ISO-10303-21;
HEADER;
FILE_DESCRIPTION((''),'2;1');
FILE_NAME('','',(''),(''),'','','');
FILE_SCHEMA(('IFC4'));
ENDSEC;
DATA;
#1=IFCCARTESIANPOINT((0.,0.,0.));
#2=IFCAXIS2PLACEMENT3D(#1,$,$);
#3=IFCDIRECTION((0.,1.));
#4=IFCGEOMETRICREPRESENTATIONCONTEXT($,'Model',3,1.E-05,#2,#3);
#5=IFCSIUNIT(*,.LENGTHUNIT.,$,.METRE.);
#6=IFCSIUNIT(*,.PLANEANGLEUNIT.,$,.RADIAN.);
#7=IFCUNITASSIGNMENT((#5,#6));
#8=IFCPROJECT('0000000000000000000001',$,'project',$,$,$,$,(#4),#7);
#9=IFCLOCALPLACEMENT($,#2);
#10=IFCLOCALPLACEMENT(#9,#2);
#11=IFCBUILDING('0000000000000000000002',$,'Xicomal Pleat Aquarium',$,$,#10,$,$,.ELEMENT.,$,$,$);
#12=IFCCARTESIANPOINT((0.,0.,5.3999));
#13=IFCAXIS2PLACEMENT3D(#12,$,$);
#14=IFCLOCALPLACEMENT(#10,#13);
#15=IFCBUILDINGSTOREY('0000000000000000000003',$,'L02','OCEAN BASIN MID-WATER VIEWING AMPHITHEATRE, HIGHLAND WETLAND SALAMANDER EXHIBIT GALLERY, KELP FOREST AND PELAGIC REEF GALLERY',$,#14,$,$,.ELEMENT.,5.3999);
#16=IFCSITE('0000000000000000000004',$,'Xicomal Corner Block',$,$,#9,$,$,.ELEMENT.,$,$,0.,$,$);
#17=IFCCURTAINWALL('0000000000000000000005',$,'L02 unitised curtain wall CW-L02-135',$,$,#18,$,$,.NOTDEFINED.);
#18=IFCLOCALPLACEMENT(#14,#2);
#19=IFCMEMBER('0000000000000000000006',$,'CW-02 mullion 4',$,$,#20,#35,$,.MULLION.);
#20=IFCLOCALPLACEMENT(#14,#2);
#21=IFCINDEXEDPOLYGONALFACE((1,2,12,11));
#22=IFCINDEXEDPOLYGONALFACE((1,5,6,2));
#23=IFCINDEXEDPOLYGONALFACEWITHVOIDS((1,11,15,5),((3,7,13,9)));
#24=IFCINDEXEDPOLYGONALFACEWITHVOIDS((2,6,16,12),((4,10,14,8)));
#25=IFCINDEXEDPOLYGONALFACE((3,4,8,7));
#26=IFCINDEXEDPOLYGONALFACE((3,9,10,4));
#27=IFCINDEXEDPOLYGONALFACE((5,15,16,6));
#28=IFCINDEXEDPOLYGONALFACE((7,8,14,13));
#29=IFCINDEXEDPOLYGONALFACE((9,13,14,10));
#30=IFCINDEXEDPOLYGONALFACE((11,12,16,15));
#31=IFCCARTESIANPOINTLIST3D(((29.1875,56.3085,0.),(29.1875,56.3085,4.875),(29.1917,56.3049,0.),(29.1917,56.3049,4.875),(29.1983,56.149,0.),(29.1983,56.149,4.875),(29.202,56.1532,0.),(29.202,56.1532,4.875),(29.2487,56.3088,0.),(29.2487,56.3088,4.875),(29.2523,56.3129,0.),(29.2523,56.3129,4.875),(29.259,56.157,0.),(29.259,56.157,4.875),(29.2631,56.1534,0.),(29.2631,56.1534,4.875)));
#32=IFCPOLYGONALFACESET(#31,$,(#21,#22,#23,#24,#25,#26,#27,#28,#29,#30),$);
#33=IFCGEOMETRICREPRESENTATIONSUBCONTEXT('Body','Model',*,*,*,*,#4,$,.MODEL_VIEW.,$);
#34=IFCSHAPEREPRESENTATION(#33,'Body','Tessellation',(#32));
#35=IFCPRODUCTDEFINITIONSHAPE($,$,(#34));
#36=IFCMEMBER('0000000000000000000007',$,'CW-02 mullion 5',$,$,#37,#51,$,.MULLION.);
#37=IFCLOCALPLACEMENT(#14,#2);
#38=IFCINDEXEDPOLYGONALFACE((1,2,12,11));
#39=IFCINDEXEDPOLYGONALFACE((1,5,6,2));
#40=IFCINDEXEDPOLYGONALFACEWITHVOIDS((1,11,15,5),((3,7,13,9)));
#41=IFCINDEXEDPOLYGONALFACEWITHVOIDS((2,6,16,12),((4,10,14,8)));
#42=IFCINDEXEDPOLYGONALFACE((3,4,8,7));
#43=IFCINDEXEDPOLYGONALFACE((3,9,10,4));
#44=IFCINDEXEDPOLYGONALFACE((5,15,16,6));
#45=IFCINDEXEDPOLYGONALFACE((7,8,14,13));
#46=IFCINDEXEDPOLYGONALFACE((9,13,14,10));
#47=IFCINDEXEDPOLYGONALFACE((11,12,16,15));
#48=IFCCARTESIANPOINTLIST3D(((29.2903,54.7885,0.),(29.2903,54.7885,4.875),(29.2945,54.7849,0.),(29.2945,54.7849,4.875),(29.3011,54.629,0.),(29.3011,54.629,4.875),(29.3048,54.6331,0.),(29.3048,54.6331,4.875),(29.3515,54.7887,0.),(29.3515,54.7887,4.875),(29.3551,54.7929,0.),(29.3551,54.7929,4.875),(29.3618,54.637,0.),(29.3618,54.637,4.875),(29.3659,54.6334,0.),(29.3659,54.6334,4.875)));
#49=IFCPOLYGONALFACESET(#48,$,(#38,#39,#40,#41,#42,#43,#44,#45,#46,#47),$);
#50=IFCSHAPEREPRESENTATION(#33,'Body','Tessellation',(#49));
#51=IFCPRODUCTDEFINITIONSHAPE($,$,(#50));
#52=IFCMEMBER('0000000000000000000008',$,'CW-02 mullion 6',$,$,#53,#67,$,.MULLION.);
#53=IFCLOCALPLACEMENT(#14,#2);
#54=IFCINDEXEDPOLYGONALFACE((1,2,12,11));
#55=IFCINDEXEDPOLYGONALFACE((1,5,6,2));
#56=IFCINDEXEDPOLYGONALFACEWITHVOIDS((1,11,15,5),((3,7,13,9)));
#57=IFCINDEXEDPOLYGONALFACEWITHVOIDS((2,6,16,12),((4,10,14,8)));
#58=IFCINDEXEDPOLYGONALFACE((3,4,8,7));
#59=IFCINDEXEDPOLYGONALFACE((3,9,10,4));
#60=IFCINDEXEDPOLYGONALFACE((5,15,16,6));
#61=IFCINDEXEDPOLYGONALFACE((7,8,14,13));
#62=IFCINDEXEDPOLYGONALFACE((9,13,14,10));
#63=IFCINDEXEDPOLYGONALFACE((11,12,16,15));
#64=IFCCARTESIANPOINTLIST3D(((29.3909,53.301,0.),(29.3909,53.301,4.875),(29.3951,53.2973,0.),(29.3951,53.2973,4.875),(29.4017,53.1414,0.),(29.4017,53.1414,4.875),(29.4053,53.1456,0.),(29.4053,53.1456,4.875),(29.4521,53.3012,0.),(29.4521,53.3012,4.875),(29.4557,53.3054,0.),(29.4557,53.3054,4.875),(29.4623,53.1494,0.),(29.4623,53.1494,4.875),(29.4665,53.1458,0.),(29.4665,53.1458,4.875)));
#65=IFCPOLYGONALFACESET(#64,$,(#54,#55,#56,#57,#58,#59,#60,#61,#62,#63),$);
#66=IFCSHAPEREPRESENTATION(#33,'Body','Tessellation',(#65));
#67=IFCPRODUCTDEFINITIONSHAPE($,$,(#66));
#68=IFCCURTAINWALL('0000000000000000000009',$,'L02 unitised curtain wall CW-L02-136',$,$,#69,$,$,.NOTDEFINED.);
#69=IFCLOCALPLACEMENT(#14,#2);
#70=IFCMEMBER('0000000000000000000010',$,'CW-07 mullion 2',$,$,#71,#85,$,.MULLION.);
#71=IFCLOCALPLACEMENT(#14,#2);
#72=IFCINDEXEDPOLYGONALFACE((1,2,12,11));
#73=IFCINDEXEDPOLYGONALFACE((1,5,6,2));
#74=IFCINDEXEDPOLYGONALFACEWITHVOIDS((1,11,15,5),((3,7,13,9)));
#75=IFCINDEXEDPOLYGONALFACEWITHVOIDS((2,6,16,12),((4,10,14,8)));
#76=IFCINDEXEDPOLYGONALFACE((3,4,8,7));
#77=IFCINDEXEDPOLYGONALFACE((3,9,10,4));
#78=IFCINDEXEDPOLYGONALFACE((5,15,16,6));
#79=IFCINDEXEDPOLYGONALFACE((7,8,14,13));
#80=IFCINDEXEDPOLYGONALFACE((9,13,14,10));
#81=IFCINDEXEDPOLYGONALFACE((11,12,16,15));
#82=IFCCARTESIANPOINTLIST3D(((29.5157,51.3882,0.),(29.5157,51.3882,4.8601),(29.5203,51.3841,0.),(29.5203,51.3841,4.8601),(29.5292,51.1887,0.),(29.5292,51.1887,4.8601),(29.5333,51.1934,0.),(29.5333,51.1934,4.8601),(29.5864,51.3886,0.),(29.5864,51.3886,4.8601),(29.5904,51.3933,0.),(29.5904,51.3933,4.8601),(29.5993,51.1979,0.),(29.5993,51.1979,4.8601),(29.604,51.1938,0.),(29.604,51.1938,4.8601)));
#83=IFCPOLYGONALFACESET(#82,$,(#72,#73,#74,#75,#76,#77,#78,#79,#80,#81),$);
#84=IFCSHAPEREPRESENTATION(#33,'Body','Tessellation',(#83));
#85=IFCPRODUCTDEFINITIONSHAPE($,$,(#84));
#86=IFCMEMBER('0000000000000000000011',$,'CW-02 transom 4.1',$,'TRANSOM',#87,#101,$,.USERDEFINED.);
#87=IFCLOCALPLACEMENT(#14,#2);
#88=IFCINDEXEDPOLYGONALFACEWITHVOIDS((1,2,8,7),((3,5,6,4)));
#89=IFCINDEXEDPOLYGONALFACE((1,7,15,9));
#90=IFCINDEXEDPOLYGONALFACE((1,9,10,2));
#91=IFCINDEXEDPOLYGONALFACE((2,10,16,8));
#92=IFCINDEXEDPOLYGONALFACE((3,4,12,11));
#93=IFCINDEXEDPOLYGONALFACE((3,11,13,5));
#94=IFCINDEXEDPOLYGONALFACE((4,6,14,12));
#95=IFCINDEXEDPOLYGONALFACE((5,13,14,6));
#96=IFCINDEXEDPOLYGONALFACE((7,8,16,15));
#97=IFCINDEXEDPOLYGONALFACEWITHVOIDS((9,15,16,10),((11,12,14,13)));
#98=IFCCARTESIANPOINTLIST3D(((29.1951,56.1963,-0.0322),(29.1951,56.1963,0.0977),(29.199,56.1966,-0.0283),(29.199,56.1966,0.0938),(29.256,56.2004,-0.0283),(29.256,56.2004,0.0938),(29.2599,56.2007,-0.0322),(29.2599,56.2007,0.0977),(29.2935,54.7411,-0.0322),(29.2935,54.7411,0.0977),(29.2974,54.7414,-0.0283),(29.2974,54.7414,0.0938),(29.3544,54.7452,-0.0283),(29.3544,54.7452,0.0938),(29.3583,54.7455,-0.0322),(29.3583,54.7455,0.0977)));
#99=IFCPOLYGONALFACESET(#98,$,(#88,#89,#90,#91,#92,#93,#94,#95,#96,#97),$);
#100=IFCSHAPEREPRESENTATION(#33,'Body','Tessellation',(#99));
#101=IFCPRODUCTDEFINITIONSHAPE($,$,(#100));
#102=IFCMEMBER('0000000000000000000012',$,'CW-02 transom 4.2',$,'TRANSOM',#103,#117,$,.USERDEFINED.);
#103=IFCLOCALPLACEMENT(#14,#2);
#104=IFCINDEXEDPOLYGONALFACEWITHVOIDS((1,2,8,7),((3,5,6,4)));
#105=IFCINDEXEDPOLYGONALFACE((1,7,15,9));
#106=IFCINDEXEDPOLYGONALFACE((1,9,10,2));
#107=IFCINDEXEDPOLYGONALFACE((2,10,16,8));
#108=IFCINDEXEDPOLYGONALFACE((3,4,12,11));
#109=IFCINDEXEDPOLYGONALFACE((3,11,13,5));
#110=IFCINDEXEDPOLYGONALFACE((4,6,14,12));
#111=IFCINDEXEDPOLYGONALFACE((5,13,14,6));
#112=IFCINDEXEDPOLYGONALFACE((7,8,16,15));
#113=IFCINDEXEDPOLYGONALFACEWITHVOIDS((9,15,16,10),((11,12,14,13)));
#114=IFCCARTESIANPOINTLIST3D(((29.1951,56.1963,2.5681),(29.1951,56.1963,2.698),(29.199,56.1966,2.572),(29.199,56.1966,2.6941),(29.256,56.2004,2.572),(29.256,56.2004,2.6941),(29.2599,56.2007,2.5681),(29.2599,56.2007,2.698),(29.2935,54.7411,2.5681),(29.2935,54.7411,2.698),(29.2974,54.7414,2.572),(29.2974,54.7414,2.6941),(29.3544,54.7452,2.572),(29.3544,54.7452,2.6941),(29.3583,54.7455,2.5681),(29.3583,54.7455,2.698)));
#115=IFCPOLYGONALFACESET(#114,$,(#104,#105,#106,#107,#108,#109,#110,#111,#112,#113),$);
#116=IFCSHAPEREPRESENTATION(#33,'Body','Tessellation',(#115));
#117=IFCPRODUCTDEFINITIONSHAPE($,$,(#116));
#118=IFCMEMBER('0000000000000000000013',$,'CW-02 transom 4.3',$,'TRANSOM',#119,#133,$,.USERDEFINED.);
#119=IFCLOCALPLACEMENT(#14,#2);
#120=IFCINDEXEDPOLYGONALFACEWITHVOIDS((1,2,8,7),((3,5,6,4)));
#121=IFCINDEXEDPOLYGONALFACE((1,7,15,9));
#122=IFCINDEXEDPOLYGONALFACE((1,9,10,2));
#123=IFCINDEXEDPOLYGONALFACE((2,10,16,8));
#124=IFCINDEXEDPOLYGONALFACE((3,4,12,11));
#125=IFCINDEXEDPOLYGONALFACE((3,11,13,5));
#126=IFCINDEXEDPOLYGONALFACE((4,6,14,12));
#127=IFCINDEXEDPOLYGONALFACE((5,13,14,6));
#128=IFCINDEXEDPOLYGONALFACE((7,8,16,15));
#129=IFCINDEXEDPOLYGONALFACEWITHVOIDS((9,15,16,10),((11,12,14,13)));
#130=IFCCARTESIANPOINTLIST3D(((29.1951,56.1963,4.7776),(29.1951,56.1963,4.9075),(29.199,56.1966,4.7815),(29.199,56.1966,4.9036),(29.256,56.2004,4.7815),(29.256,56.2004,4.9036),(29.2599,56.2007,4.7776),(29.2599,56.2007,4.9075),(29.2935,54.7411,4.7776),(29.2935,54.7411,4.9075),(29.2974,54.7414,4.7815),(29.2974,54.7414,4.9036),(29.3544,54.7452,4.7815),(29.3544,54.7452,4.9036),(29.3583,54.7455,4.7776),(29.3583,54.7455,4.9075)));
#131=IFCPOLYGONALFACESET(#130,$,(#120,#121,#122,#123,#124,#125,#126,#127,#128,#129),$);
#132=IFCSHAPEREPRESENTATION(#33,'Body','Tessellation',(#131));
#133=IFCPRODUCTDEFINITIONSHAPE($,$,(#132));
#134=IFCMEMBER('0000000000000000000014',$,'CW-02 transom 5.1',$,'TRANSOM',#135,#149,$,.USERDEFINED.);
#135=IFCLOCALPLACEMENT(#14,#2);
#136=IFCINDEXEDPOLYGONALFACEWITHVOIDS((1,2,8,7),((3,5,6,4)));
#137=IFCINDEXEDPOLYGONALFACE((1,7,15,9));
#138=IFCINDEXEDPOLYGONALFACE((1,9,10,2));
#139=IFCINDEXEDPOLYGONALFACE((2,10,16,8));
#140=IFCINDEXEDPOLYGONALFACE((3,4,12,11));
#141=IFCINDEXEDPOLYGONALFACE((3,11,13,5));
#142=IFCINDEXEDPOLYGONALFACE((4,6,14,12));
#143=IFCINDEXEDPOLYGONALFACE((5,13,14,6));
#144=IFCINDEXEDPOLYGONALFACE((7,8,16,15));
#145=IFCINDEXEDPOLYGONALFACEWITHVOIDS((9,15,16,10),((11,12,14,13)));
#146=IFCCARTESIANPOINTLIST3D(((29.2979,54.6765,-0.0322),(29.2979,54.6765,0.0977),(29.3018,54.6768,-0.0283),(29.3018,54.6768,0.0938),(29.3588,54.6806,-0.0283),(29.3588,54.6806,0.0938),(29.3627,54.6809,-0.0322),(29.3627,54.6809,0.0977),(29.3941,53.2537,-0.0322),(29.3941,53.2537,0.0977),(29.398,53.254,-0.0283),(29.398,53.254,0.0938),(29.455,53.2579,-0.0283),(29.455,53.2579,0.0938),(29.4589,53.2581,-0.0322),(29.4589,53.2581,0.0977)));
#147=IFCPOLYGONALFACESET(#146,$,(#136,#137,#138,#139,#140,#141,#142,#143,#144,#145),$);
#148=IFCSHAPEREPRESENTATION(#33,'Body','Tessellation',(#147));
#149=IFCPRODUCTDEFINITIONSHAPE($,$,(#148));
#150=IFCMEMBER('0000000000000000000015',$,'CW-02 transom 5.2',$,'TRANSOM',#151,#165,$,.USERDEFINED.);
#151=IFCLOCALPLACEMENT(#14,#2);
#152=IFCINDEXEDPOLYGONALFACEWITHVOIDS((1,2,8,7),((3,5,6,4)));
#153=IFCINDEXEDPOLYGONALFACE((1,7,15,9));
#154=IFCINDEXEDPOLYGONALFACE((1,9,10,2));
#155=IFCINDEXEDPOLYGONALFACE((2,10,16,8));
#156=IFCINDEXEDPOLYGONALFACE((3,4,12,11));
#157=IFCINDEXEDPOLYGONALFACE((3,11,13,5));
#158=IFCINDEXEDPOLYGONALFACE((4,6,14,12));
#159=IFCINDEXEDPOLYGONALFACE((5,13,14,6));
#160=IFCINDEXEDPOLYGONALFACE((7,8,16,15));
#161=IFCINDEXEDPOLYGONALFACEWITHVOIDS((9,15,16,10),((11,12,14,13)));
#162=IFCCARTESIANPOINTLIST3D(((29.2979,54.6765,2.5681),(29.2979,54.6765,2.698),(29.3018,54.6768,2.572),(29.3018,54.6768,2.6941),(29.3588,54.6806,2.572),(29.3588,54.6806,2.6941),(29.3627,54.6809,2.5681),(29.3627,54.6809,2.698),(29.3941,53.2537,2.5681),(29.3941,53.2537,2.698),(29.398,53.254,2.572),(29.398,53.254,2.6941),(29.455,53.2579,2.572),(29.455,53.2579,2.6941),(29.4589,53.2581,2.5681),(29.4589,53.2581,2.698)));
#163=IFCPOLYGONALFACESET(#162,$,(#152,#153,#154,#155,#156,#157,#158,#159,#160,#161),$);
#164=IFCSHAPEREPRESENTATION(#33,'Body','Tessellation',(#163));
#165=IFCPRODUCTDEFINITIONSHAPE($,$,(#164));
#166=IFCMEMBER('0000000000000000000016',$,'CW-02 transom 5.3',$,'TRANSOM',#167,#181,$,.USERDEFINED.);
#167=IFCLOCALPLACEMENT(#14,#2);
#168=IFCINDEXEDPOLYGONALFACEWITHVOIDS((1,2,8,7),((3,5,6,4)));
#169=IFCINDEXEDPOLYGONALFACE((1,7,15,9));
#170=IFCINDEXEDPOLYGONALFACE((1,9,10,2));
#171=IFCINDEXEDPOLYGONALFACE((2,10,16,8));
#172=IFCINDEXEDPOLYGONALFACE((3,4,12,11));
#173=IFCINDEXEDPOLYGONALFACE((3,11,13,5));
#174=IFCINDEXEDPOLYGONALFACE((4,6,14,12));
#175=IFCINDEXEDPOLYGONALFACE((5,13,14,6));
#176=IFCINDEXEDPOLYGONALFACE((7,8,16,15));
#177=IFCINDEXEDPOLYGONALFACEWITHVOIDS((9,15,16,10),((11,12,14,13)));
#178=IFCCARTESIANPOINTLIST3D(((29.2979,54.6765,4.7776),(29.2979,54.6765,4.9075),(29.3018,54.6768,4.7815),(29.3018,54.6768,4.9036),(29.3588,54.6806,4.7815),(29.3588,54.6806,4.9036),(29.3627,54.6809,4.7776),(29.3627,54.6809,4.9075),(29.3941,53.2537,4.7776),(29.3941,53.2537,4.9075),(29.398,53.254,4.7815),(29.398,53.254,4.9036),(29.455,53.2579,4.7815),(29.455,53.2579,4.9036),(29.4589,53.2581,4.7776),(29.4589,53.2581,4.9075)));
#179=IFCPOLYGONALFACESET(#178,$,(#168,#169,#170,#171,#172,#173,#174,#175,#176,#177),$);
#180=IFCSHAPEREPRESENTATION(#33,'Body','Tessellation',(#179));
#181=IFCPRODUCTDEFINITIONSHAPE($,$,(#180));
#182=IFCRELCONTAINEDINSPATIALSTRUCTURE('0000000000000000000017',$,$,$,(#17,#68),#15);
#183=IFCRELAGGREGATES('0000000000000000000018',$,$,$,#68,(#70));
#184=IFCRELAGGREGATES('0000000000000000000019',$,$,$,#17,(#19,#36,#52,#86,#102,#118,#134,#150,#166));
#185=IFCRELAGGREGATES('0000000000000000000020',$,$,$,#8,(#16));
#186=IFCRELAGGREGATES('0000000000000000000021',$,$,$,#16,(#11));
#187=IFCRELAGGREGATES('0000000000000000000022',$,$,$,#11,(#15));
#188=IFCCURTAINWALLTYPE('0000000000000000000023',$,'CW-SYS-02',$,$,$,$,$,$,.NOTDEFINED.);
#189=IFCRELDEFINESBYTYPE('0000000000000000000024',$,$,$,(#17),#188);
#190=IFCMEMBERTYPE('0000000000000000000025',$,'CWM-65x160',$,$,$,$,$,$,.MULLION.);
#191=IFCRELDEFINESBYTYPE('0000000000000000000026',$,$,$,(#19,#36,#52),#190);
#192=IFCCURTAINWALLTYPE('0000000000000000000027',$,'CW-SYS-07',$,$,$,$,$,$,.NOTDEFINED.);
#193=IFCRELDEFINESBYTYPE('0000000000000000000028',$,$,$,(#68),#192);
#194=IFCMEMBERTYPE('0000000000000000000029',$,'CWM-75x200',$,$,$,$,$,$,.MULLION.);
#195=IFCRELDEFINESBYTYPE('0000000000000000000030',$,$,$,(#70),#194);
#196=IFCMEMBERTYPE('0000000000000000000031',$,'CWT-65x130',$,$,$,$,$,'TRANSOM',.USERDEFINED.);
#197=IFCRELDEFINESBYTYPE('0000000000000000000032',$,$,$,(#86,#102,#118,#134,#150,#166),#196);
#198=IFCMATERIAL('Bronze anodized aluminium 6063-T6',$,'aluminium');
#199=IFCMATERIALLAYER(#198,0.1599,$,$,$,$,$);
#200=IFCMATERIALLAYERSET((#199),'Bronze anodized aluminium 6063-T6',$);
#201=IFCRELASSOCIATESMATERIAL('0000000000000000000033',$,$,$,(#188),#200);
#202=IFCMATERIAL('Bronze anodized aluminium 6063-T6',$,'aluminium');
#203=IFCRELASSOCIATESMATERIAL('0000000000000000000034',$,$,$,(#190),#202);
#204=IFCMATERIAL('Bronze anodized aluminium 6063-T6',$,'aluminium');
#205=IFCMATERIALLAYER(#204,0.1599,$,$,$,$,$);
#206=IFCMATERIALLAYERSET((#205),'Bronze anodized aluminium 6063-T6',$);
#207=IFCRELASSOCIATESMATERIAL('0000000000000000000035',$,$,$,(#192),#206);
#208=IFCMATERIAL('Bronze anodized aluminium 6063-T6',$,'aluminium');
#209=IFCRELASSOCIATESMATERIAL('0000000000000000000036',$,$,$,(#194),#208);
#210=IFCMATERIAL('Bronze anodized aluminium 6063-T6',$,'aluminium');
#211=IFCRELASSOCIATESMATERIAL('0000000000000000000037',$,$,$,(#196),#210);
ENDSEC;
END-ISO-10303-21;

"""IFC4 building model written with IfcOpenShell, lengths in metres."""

from ifc_helpers import new_model, si_unit, direction, frame, origin, origin_2d, place, context, subcontext, project, spatial, hollow_rectangle, extrude, material, layer, layer_set, material_profile, profile_set, type_object, element, aggregate, save


model = new_model("IFC4")

# Units and contexts
model_context = context("Model", 3, precision=1e-05, world=origin(), true_north=direction((0.0, 1.0)))
body_context = subcontext(model_context, "Body", "Model", "MODEL_VIEW")
ifc_project = project(units=[si_unit("LENGTHUNIT", "METRE"), si_unit("PLANEANGLEUNIT", "RADIAN")], contexts=[model_context])

# Site, building, storey
site_placement = place(None, origin())
site = spatial("IfcSite", under=ifc_project, at=site_placement, Name="Xicomal Corner Block", CompositionType="ELEMENT", RefElevation=0.0)
building_placement = place(site_placement, origin())
building = spatial("IfcBuilding", under=site, at=building_placement, Name="Xicomal Pleat Aquarium", CompositionType="ELEMENT")
storey_placement = place(building_placement, frame((0.0, 0.0, 5.3999)))
storey = spatial("IfcBuildingStorey", under=building, at=storey_placement, Name="L02", Description="OCEAN BASIN MID-WATER VIEWING AMPHITHEATRE, HIGHLAND WETLAND SALAMANDER EXHIBIT GALLERY, KELP FOREST AND PELAGIC REEF GALLERY", CompositionType="ELEMENT", Elevation=5.3999)

# Curtain wall, members
ifc_material_1 = material(Name="Bronze anodized aluminium 6063-T6", Category="aluminium")
ifc_layer_1 = layer(ifc_material_1, 0.1599)
ifc_layer_set_1 = layer_set([ifc_layer_1], Name="Bronze anodized aluminium 6063-T6")
curtain_wall_type_1 = type_object("IfcCurtainWallType", Name="CW-SYS-02", PredefinedType="NOTDEFINED", material=ifc_layer_set_1)
curtain_wall_1_placement = place(storey_placement, origin())
curtain_wall_1 = element("IfcCurtainWall", 1, at=curtain_wall_1_placement, inside=storey, type_object=curtain_wall_type_1, Name="L02 unitised curtain wall CW-L02-135", PredefinedType="NOTDEFINED")
ifc_material_2 = material(Name="Bronze anodized aluminium 6063-T6", Category="aluminium")
ifc_material_profile_1 = material_profile(ifc_material_2, hollow_rectangle(XDim=0.0649, YDim=0.1599, WallThickness=0.0039, at=origin_2d()), Name="ALU MULL 65x160")
ifc_profile_set_1 = profile_set([ifc_material_profile_1], Name="Bronze anodized aluminium 6063-T6")
member_type_1 = type_object("IfcMemberType", Name="CWM-65x160", PredefinedType="MULLION", material=ifc_profile_set_1)
member_1_placement = place(storey_placement, frame((29.2253, 56.231, 0.0), z_axis=(0.0, 0.0, 1.0), x_axis=(0.997721, 0.067477, 0.0)))
member_1 = element("IfcMember", 2, at=member_1_placement, type_object=member_type_1, Name="CW-02 mullion 4", PredefinedType="MULLION", context=body_context, shape_type="SweptSolid", body=[
    extrude(hollow_rectangle(XDim=0.0649, YDim=0.1599, WallThickness=0.0039, at=origin_2d()), origin(), (0.0, 0.0, 1.0), 4.875),
])
member_2_placement = place(storey_placement, frame((29.3281, 54.7109, 0.0), z_axis=(0.0, 0.0, 1.0), x_axis=(0.997721, 0.067477, 0.0)))
member_2 = element("IfcMember", 3, at=member_2_placement, type_object=member_type_1, Name="CW-02 mullion 5", PredefinedType="MULLION", context=body_context, shape_type="SweptSolid", body=[
    extrude(hollow_rectangle(XDim=0.0649, YDim=0.1599, WallThickness=0.0039, at=origin_2d()), origin(), (0.0, 0.0, 1.0), 4.875),
])
member_3_placement = place(storey_placement, frame((29.4287, 53.2234, 0.0), z_axis=(0.0, 0.0, 1.0), x_axis=(0.997721, 0.067477, 0.0)))
member_3 = element("IfcMember", 4, at=member_3_placement, type_object=member_type_1, Name="CW-02 mullion 6", PredefinedType="MULLION", context=body_context, shape_type="SweptSolid", body=[
    extrude(hollow_rectangle(XDim=0.0649, YDim=0.1599, WallThickness=0.0039, at=origin_2d()), origin(), (0.0, 0.0, 1.0), 4.875),
])

# Curtain wall, member
ifc_material_3 = material(Name="Bronze anodized aluminium 6063-T6", Category="aluminium")
ifc_layer_2 = layer(ifc_material_3, 0.1599)
ifc_layer_set_2 = layer_set([ifc_layer_2], Name="Bronze anodized aluminium 6063-T6")
curtain_wall_type_2 = type_object("IfcCurtainWallType", Name="CW-SYS-07", PredefinedType="NOTDEFINED", material=ifc_layer_set_2)
curtain_wall_2_placement = place(storey_placement, origin())
curtain_wall_2 = element("IfcCurtainWall", 5, at=curtain_wall_2_placement, inside=storey, type_object=curtain_wall_type_2, Name="L02 unitised curtain wall CW-L02-136", PredefinedType="NOTDEFINED")
ifc_material_4 = material(Name="Bronze anodized aluminium 6063-T6", Category="aluminium")
ifc_material_profile_2 = material_profile(ifc_material_4, hollow_rectangle(XDim=0.075, YDim=0.2, WallThickness=0.0044, at=origin_2d()), Name="ALU MULL 75x200")
ifc_profile_set_2 = profile_set([ifc_material_profile_2], Name="Bronze anodized aluminium 6063-T6")
member_type_2 = type_object("IfcMemberType", Name="CWM-75x200", PredefinedType="MULLION", material=ifc_profile_set_2)
member_4_placement = place(storey_placement, frame((29.5598, 51.291, 0.0), z_axis=(0.0, 0.0, 1.0), x_axis=(0.997712, 0.067608, 0.0)))
member_4 = element("IfcMember", 6, at=member_4_placement, type_object=member_type_2, Name="CW-07 mullion 2", PredefinedType="MULLION", context=body_context, shape_type="SweptSolid", body=[
    extrude(hollow_rectangle(XDim=0.075, YDim=0.2, WallThickness=0.0044, at=origin_2d()), origin(), (0.0, 0.0, 1.0), 4.8601),
])

# Members
ifc_material_5 = material(Name="Bronze anodized aluminium 6063-T6", Category="aluminium")
ifc_material_profile_3 = material_profile(ifc_material_5, hollow_rectangle(XDim=0.0649, YDim=0.1299, WallThickness=0.0039, at=origin_2d()), Name="ALU TRAN 65x130")
ifc_profile_set_3 = profile_set([ifc_material_profile_3], Name="Bronze anodized aluminium 6063-T6")
member_type_3 = type_object("IfcMemberType", Name="CWT-65x130", ElementType="TRANSOM", PredefinedType="USERDEFINED", material=ifc_profile_set_3)
member_5_placement = place(storey_placement, frame((29.2275, 56.1985, 0.0327), z_axis=(0.067463, -0.997722, 0.0), x_axis=(0.997722, 0.067463, 0.0)))
member_5 = element("IfcMember", 7, at=member_5_placement, type_object=member_type_3, Name="CW-02 transom 4.1", ObjectType="TRANSOM", PredefinedType="USERDEFINED", context=body_context, shape_type="SweptSolid", body=[
    extrude(hollow_rectangle(XDim=0.0649, YDim=0.1299, WallThickness=0.0039, at=origin_2d()), origin(), (0.0, 0.0, 1.0), 1.4585),
])
member_6_placement = place(storey_placement, frame((29.2275, 56.1985, 2.6331), z_axis=(0.067463, -0.997722, 0.0), x_axis=(0.997722, 0.067463, 0.0)))
member_6 = element("IfcMember", 8, at=member_6_placement, type_object=member_type_3, Name="CW-02 transom 4.2", ObjectType="TRANSOM", PredefinedType="USERDEFINED", context=body_context, shape_type="SweptSolid", body=[
    extrude(hollow_rectangle(XDim=0.0649, YDim=0.1299, WallThickness=0.0039, at=origin_2d()), origin(), (0.0, 0.0, 1.0), 1.4585),
])
member_7_placement = place(storey_placement, frame((29.2275, 56.1985, 4.8425), z_axis=(0.067463, -0.997722, 0.0), x_axis=(0.997722, 0.067463, 0.0)))
member_7 = element("IfcMember", 9, at=member_7_placement, type_object=member_type_3, Name="CW-02 transom 4.3", ObjectType="TRANSOM", PredefinedType="USERDEFINED", context=body_context, shape_type="SweptSolid", body=[
    extrude(hollow_rectangle(XDim=0.0649, YDim=0.1299, WallThickness=0.0039, at=origin_2d()), origin(), (0.0, 0.0, 1.0), 1.4585),
])
member_8_placement = place(storey_placement, frame((29.3303, 54.6787, 0.0327), z_axis=(0.067451, -0.997723, 0.0), x_axis=(0.997723, 0.067451, 0.0)))
member_8 = element("IfcMember", 10, at=member_8_placement, type_object=member_type_3, Name="CW-02 transom 5.1", ObjectType="TRANSOM", PredefinedType="USERDEFINED", context=body_context, shape_type="SweptSolid", body=[
    extrude(hollow_rectangle(XDim=0.0649, YDim=0.1299, WallThickness=0.0039, at=origin_2d()), origin(), (0.0, 0.0, 1.0), 1.426),
])
member_9_placement = place(storey_placement, frame((29.3303, 54.6787, 2.6331), z_axis=(0.067451, -0.997723, 0.0), x_axis=(0.997723, 0.067451, 0.0)))
member_9 = element("IfcMember", 11, at=member_9_placement, type_object=member_type_3, Name="CW-02 transom 5.2", ObjectType="TRANSOM", PredefinedType="USERDEFINED", context=body_context, shape_type="SweptSolid", body=[
    extrude(hollow_rectangle(XDim=0.0649, YDim=0.1299, WallThickness=0.0039, at=origin_2d()), origin(), (0.0, 0.0, 1.0), 1.426),
])
member_10_placement = place(storey_placement, frame((29.3303, 54.6787, 4.8425), z_axis=(0.067451, -0.997723, 0.0), x_axis=(0.997723, 0.067451, 0.0)))
member_10 = element("IfcMember", 12, at=member_10_placement, type_object=member_type_3, Name="CW-02 transom 5.3", ObjectType="TRANSOM", PredefinedType="USERDEFINED", context=body_context, shape_type="SweptSolid", body=[
    extrude(hollow_rectangle(XDim=0.0649, YDim=0.1299, WallThickness=0.0039, at=origin_2d()), origin(), (0.0, 0.0, 1.0), 1.426),
])

aggregate(curtain_wall_2, [member_4])
aggregate(curtain_wall_1, [member_1, member_2, member_3, member_5, member_6, member_7, member_8, member_9, member_10])

save(model, "model.ifc")
